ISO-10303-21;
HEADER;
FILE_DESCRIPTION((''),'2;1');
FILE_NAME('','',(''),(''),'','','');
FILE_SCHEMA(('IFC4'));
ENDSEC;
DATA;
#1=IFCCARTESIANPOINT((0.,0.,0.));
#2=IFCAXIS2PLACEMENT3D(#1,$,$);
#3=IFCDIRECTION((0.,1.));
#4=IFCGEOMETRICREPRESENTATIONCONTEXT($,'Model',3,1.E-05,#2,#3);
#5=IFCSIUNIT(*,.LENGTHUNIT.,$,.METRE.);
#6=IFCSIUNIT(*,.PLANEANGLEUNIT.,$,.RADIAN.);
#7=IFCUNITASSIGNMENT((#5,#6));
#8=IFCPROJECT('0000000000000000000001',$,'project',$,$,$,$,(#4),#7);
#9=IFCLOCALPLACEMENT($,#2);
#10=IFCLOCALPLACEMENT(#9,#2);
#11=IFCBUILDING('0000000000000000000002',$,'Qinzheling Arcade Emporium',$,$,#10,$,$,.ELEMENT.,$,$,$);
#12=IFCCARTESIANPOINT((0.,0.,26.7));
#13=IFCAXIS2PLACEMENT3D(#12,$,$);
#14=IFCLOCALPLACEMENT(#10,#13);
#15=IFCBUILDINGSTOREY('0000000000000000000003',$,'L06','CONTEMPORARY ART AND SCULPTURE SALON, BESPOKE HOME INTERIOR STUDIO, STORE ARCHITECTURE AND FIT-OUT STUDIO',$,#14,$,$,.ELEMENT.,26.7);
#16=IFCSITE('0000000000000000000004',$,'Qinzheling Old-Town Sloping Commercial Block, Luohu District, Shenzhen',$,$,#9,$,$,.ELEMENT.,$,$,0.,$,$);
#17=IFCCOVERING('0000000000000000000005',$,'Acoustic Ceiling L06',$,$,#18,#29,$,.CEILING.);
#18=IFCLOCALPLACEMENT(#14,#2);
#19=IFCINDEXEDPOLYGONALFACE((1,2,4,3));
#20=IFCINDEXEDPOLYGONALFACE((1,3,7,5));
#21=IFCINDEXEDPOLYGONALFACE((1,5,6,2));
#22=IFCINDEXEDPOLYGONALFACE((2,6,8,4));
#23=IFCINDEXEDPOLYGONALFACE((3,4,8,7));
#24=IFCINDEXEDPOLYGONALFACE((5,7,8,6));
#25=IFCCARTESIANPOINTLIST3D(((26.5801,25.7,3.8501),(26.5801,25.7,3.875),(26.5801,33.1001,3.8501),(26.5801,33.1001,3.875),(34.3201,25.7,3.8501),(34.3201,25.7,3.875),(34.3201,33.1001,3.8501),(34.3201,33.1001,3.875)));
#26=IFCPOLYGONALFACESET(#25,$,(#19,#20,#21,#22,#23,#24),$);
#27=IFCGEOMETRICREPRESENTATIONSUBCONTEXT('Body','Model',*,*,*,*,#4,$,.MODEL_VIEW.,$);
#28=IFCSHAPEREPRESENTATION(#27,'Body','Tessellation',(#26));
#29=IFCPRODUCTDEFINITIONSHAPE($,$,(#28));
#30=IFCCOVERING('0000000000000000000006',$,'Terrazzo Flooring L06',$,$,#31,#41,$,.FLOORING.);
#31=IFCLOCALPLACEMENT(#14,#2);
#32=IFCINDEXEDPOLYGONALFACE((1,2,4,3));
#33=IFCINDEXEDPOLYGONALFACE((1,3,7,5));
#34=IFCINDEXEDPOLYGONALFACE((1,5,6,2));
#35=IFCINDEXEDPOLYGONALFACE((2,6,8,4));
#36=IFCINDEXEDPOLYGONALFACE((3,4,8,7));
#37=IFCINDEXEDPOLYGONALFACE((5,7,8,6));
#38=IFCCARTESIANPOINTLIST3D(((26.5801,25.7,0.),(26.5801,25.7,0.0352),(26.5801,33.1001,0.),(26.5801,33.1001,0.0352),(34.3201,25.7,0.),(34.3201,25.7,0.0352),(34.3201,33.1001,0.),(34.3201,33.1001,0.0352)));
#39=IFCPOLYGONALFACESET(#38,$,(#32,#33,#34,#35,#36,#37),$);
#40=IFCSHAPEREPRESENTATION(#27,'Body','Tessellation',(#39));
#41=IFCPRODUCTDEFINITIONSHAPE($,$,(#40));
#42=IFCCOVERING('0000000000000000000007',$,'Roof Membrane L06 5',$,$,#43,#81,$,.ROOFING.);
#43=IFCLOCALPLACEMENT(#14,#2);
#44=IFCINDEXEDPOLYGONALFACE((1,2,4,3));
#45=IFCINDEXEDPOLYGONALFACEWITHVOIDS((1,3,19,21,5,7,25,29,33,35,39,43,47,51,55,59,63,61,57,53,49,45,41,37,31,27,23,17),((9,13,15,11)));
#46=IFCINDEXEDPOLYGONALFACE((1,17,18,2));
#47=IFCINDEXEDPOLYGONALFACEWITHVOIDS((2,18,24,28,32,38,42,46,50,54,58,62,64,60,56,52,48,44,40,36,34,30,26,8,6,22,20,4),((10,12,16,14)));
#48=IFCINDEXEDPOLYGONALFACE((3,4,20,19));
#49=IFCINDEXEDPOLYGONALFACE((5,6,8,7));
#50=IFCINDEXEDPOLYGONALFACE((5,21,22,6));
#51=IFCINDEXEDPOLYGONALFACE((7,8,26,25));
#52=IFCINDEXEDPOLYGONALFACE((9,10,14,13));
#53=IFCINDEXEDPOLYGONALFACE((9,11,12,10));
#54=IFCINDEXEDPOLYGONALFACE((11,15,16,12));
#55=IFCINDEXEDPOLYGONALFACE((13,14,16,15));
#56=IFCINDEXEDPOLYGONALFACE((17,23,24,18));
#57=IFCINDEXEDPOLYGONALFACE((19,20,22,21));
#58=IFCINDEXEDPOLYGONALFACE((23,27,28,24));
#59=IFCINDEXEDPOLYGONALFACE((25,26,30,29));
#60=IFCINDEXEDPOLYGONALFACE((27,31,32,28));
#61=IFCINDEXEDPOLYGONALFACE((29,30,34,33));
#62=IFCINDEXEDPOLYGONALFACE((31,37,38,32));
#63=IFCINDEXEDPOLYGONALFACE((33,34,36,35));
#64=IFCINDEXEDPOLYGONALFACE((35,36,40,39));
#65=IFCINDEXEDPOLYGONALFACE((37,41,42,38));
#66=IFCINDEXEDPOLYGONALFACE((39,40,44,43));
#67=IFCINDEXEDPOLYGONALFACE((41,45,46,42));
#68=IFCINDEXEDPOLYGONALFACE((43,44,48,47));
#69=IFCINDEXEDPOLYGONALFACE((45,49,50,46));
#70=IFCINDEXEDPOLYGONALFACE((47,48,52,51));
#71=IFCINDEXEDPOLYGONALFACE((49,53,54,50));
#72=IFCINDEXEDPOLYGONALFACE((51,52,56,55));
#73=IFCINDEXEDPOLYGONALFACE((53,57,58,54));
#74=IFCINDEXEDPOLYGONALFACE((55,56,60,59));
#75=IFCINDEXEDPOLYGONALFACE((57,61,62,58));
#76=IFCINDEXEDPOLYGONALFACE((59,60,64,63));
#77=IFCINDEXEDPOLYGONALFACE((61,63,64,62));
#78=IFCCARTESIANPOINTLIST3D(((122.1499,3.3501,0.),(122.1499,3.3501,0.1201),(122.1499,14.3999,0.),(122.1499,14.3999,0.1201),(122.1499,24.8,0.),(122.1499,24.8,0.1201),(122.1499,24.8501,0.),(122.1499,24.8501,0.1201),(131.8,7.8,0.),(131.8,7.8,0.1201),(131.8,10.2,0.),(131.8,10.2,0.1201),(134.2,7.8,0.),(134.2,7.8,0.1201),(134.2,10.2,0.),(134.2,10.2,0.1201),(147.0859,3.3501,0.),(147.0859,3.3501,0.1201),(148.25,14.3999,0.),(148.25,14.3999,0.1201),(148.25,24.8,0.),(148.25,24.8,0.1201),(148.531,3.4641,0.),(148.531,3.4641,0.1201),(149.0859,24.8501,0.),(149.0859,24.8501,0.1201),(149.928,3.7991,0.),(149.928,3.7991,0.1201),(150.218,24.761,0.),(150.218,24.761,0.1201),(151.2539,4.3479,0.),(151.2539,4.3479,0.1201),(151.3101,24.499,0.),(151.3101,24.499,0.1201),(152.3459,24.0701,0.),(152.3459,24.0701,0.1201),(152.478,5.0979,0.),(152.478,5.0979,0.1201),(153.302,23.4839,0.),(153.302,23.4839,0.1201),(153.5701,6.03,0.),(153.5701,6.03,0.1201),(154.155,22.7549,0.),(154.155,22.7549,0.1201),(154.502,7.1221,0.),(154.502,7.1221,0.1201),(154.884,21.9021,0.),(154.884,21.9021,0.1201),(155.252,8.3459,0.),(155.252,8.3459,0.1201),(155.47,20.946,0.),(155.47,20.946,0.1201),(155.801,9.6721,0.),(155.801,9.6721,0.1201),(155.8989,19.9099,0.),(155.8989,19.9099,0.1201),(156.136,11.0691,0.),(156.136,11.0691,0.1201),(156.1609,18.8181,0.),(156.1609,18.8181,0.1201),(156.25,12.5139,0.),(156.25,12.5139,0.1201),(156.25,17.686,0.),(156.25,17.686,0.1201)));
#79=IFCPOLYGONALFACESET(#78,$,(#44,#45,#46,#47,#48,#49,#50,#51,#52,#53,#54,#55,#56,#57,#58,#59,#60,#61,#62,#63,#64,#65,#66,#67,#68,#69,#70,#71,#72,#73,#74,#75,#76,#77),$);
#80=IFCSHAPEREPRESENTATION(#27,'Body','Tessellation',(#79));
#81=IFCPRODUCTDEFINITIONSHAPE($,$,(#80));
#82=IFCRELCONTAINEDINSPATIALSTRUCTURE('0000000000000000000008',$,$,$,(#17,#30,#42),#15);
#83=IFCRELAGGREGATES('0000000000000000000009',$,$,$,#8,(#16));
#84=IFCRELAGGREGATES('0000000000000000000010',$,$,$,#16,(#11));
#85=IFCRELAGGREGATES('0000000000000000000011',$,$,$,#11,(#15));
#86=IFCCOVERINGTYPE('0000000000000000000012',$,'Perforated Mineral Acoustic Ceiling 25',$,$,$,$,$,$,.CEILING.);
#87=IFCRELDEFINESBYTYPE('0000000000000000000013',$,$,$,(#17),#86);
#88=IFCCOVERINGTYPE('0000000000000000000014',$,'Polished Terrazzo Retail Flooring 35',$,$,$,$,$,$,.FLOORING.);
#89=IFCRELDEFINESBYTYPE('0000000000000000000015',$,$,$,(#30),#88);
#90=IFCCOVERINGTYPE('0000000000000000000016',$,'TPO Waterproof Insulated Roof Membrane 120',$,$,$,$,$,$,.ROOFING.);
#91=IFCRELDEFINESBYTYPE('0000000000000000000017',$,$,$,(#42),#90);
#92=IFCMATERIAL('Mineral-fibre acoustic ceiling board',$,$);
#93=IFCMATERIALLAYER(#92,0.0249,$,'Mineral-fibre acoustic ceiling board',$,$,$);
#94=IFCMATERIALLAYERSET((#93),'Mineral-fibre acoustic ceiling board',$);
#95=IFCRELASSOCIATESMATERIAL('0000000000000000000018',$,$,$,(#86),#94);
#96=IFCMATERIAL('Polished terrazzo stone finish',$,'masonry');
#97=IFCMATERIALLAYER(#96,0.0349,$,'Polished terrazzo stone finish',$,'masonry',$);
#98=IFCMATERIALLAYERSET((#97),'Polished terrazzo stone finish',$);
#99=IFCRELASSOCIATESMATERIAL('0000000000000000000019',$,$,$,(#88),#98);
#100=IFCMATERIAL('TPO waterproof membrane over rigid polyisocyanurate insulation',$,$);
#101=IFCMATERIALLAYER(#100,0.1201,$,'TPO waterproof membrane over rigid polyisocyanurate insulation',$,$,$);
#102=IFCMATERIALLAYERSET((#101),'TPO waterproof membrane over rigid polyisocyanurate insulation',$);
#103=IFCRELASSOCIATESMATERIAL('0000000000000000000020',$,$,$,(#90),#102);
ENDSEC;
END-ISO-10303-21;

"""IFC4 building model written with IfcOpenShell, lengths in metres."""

from ifc_helpers import new_model, si_unit, direction, frame, origin, place, context, subcontext, project, spatial, polyline, outline, extrude, material, layer, layer_set, type_object, element, save


model = new_model("IFC4")

# Units and contexts
model_context = context("Model", 3, precision=1e-05, world=origin(), true_north=direction((0.0, 1.0)))
body_context = subcontext(model_context, "Body", "Model", "MODEL_VIEW")
ifc_project = project(units=[si_unit("LENGTHUNIT", "METRE"), si_unit("PLANEANGLEUNIT", "RADIAN")], contexts=[model_context])

# Site, building, storey
site_placement = place(None, origin())
site = spatial("IfcSite", under=ifc_project, at=site_placement, Name="Qinzheling Old-Town Sloping Commercial Block, Luohu District, Shenzhen", CompositionType="ELEMENT", RefElevation=0.0)
building_placement = place(site_placement, origin())
building = spatial("IfcBuilding", under=site, at=building_placement, Name="Qinzheling Arcade Emporium", CompositionType="ELEMENT")
storey_placement = place(building_placement, frame((0.0, 0.0, 26.7)))
storey = spatial("IfcBuildingStorey", under=building, at=storey_placement, Name="L06", Description="CONTEMPORARY ART AND SCULPTURE SALON, BESPOKE HOME INTERIOR STUDIO, STORE ARCHITECTURE AND FIT-OUT STUDIO", CompositionType="ELEMENT", Elevation=26.7)

# Coverings
ifc_material_1 = material(Name="Mineral-fibre acoustic ceiling board")
ifc_layer_1 = layer(ifc_material_1, 0.0249, Name="Mineral-fibre acoustic ceiling board")
ifc_layer_set_1 = layer_set([ifc_layer_1], Name="Mineral-fibre acoustic ceiling board")
covering_type_1 = type_object("IfcCoveringType", Name="Perforated Mineral Acoustic Ceiling 25", PredefinedType="CEILING", material=ifc_layer_set_1)
covering_1_placement = place(storey_placement, frame((0.0, 0.0, 3.8501)))
element("IfcCovering", 1, at=covering_1_placement, inside=storey, type_object=covering_type_1, Name="Acoustic Ceiling L06", PredefinedType="CEILING", context=body_context, shape_type="SweptSolid", body=[
    extrude(outline(polyline([(26.5801, 25.7), (34.3201, 25.7), (34.3201, 33.1001), (26.5801, 33.1001), (26.5801, 25.7)])), origin(), (0.0, 0.0, 1.0), 0.0249),
])
ifc_material_2 = material(Name="Polished terrazzo stone finish", Category="masonry")
ifc_layer_2 = layer(ifc_material_2, 0.0349, Name="Polished terrazzo stone finish", Category="masonry")
ifc_layer_set_2 = layer_set([ifc_layer_2], Name="Polished terrazzo stone finish")
covering_type_2 = type_object("IfcCoveringType", Name="Polished Terrazzo Retail Flooring 35", PredefinedType="FLOORING", material=ifc_layer_set_2)
covering_2_placement = place(storey_placement, origin())
element("IfcCovering", 2, at=covering_2_placement, inside=storey, type_object=covering_type_2, Name="Terrazzo Flooring L06", PredefinedType="FLOORING", context=body_context, shape_type="SweptSolid", body=[
    extrude(outline(polyline([(26.5801, 25.7), (34.3201, 25.7), (34.3201, 33.1001), (26.5801, 33.1001), (26.5801, 25.7)])), origin(), (0.0, 0.0, 1.0), 0.0352),
])
ifc_material_3 = material(Name="TPO waterproof membrane over rigid polyisocyanurate insulation")
ifc_layer_3 = layer(ifc_material_3, 0.1201, Name="TPO waterproof membrane over rigid polyisocyanurate insulation")
ifc_layer_set_3 = layer_set([ifc_layer_3], Name="TPO waterproof membrane over rigid polyisocyanurate insulation")
covering_type_3 = type_object("IfcCoveringType", Name="TPO Waterproof Insulated Roof Membrane 120", PredefinedType="ROOFING", material=ifc_layer_set_3)
covering_3_placement = place(storey_placement, origin())
element("IfcCovering", 3, at=covering_3_placement, inside=storey, type_object=covering_type_3, Name="Roof Membrane L06 5", PredefinedType="ROOFING", context=body_context, shape_type="SweptSolid", body=[
    extrude(outline(polyline([(122.1499, 24.8501), (149.0859, 24.8501), (150.218, 24.761), (151.3101, 24.499), (152.3459, 24.0701), (153.302, 23.4839), (154.155, 22.7549), (154.884, 21.9021), (155.47, 20.946), (155.8989, 19.9099), (156.1609, 18.8181), (156.25, 17.686), (156.25, 12.5139), (156.136, 11.0691), (155.801, 9.6721), (155.252, 8.3459), (154.502, 7.1221), (153.5701, 6.03), (152.478, 5.0979), (151.2539, 4.3479), (149.928, 3.7991), (148.531, 3.4641), (147.0859, 3.3501), (122.1499, 3.3501), (122.1499, 14.3999), (148.25, 14.3999), (148.25, 24.8), (122.1499, 24.8), (122.1499, 24.8501)]), holes=[polyline([(134.2, 10.2), (131.8, 10.2), (131.8, 7.8), (134.2, 7.8), (134.2, 10.2)])]), origin(), (0.0, 0.0, 1.0), 0.1201),
])

save(model, "model.ifc")
